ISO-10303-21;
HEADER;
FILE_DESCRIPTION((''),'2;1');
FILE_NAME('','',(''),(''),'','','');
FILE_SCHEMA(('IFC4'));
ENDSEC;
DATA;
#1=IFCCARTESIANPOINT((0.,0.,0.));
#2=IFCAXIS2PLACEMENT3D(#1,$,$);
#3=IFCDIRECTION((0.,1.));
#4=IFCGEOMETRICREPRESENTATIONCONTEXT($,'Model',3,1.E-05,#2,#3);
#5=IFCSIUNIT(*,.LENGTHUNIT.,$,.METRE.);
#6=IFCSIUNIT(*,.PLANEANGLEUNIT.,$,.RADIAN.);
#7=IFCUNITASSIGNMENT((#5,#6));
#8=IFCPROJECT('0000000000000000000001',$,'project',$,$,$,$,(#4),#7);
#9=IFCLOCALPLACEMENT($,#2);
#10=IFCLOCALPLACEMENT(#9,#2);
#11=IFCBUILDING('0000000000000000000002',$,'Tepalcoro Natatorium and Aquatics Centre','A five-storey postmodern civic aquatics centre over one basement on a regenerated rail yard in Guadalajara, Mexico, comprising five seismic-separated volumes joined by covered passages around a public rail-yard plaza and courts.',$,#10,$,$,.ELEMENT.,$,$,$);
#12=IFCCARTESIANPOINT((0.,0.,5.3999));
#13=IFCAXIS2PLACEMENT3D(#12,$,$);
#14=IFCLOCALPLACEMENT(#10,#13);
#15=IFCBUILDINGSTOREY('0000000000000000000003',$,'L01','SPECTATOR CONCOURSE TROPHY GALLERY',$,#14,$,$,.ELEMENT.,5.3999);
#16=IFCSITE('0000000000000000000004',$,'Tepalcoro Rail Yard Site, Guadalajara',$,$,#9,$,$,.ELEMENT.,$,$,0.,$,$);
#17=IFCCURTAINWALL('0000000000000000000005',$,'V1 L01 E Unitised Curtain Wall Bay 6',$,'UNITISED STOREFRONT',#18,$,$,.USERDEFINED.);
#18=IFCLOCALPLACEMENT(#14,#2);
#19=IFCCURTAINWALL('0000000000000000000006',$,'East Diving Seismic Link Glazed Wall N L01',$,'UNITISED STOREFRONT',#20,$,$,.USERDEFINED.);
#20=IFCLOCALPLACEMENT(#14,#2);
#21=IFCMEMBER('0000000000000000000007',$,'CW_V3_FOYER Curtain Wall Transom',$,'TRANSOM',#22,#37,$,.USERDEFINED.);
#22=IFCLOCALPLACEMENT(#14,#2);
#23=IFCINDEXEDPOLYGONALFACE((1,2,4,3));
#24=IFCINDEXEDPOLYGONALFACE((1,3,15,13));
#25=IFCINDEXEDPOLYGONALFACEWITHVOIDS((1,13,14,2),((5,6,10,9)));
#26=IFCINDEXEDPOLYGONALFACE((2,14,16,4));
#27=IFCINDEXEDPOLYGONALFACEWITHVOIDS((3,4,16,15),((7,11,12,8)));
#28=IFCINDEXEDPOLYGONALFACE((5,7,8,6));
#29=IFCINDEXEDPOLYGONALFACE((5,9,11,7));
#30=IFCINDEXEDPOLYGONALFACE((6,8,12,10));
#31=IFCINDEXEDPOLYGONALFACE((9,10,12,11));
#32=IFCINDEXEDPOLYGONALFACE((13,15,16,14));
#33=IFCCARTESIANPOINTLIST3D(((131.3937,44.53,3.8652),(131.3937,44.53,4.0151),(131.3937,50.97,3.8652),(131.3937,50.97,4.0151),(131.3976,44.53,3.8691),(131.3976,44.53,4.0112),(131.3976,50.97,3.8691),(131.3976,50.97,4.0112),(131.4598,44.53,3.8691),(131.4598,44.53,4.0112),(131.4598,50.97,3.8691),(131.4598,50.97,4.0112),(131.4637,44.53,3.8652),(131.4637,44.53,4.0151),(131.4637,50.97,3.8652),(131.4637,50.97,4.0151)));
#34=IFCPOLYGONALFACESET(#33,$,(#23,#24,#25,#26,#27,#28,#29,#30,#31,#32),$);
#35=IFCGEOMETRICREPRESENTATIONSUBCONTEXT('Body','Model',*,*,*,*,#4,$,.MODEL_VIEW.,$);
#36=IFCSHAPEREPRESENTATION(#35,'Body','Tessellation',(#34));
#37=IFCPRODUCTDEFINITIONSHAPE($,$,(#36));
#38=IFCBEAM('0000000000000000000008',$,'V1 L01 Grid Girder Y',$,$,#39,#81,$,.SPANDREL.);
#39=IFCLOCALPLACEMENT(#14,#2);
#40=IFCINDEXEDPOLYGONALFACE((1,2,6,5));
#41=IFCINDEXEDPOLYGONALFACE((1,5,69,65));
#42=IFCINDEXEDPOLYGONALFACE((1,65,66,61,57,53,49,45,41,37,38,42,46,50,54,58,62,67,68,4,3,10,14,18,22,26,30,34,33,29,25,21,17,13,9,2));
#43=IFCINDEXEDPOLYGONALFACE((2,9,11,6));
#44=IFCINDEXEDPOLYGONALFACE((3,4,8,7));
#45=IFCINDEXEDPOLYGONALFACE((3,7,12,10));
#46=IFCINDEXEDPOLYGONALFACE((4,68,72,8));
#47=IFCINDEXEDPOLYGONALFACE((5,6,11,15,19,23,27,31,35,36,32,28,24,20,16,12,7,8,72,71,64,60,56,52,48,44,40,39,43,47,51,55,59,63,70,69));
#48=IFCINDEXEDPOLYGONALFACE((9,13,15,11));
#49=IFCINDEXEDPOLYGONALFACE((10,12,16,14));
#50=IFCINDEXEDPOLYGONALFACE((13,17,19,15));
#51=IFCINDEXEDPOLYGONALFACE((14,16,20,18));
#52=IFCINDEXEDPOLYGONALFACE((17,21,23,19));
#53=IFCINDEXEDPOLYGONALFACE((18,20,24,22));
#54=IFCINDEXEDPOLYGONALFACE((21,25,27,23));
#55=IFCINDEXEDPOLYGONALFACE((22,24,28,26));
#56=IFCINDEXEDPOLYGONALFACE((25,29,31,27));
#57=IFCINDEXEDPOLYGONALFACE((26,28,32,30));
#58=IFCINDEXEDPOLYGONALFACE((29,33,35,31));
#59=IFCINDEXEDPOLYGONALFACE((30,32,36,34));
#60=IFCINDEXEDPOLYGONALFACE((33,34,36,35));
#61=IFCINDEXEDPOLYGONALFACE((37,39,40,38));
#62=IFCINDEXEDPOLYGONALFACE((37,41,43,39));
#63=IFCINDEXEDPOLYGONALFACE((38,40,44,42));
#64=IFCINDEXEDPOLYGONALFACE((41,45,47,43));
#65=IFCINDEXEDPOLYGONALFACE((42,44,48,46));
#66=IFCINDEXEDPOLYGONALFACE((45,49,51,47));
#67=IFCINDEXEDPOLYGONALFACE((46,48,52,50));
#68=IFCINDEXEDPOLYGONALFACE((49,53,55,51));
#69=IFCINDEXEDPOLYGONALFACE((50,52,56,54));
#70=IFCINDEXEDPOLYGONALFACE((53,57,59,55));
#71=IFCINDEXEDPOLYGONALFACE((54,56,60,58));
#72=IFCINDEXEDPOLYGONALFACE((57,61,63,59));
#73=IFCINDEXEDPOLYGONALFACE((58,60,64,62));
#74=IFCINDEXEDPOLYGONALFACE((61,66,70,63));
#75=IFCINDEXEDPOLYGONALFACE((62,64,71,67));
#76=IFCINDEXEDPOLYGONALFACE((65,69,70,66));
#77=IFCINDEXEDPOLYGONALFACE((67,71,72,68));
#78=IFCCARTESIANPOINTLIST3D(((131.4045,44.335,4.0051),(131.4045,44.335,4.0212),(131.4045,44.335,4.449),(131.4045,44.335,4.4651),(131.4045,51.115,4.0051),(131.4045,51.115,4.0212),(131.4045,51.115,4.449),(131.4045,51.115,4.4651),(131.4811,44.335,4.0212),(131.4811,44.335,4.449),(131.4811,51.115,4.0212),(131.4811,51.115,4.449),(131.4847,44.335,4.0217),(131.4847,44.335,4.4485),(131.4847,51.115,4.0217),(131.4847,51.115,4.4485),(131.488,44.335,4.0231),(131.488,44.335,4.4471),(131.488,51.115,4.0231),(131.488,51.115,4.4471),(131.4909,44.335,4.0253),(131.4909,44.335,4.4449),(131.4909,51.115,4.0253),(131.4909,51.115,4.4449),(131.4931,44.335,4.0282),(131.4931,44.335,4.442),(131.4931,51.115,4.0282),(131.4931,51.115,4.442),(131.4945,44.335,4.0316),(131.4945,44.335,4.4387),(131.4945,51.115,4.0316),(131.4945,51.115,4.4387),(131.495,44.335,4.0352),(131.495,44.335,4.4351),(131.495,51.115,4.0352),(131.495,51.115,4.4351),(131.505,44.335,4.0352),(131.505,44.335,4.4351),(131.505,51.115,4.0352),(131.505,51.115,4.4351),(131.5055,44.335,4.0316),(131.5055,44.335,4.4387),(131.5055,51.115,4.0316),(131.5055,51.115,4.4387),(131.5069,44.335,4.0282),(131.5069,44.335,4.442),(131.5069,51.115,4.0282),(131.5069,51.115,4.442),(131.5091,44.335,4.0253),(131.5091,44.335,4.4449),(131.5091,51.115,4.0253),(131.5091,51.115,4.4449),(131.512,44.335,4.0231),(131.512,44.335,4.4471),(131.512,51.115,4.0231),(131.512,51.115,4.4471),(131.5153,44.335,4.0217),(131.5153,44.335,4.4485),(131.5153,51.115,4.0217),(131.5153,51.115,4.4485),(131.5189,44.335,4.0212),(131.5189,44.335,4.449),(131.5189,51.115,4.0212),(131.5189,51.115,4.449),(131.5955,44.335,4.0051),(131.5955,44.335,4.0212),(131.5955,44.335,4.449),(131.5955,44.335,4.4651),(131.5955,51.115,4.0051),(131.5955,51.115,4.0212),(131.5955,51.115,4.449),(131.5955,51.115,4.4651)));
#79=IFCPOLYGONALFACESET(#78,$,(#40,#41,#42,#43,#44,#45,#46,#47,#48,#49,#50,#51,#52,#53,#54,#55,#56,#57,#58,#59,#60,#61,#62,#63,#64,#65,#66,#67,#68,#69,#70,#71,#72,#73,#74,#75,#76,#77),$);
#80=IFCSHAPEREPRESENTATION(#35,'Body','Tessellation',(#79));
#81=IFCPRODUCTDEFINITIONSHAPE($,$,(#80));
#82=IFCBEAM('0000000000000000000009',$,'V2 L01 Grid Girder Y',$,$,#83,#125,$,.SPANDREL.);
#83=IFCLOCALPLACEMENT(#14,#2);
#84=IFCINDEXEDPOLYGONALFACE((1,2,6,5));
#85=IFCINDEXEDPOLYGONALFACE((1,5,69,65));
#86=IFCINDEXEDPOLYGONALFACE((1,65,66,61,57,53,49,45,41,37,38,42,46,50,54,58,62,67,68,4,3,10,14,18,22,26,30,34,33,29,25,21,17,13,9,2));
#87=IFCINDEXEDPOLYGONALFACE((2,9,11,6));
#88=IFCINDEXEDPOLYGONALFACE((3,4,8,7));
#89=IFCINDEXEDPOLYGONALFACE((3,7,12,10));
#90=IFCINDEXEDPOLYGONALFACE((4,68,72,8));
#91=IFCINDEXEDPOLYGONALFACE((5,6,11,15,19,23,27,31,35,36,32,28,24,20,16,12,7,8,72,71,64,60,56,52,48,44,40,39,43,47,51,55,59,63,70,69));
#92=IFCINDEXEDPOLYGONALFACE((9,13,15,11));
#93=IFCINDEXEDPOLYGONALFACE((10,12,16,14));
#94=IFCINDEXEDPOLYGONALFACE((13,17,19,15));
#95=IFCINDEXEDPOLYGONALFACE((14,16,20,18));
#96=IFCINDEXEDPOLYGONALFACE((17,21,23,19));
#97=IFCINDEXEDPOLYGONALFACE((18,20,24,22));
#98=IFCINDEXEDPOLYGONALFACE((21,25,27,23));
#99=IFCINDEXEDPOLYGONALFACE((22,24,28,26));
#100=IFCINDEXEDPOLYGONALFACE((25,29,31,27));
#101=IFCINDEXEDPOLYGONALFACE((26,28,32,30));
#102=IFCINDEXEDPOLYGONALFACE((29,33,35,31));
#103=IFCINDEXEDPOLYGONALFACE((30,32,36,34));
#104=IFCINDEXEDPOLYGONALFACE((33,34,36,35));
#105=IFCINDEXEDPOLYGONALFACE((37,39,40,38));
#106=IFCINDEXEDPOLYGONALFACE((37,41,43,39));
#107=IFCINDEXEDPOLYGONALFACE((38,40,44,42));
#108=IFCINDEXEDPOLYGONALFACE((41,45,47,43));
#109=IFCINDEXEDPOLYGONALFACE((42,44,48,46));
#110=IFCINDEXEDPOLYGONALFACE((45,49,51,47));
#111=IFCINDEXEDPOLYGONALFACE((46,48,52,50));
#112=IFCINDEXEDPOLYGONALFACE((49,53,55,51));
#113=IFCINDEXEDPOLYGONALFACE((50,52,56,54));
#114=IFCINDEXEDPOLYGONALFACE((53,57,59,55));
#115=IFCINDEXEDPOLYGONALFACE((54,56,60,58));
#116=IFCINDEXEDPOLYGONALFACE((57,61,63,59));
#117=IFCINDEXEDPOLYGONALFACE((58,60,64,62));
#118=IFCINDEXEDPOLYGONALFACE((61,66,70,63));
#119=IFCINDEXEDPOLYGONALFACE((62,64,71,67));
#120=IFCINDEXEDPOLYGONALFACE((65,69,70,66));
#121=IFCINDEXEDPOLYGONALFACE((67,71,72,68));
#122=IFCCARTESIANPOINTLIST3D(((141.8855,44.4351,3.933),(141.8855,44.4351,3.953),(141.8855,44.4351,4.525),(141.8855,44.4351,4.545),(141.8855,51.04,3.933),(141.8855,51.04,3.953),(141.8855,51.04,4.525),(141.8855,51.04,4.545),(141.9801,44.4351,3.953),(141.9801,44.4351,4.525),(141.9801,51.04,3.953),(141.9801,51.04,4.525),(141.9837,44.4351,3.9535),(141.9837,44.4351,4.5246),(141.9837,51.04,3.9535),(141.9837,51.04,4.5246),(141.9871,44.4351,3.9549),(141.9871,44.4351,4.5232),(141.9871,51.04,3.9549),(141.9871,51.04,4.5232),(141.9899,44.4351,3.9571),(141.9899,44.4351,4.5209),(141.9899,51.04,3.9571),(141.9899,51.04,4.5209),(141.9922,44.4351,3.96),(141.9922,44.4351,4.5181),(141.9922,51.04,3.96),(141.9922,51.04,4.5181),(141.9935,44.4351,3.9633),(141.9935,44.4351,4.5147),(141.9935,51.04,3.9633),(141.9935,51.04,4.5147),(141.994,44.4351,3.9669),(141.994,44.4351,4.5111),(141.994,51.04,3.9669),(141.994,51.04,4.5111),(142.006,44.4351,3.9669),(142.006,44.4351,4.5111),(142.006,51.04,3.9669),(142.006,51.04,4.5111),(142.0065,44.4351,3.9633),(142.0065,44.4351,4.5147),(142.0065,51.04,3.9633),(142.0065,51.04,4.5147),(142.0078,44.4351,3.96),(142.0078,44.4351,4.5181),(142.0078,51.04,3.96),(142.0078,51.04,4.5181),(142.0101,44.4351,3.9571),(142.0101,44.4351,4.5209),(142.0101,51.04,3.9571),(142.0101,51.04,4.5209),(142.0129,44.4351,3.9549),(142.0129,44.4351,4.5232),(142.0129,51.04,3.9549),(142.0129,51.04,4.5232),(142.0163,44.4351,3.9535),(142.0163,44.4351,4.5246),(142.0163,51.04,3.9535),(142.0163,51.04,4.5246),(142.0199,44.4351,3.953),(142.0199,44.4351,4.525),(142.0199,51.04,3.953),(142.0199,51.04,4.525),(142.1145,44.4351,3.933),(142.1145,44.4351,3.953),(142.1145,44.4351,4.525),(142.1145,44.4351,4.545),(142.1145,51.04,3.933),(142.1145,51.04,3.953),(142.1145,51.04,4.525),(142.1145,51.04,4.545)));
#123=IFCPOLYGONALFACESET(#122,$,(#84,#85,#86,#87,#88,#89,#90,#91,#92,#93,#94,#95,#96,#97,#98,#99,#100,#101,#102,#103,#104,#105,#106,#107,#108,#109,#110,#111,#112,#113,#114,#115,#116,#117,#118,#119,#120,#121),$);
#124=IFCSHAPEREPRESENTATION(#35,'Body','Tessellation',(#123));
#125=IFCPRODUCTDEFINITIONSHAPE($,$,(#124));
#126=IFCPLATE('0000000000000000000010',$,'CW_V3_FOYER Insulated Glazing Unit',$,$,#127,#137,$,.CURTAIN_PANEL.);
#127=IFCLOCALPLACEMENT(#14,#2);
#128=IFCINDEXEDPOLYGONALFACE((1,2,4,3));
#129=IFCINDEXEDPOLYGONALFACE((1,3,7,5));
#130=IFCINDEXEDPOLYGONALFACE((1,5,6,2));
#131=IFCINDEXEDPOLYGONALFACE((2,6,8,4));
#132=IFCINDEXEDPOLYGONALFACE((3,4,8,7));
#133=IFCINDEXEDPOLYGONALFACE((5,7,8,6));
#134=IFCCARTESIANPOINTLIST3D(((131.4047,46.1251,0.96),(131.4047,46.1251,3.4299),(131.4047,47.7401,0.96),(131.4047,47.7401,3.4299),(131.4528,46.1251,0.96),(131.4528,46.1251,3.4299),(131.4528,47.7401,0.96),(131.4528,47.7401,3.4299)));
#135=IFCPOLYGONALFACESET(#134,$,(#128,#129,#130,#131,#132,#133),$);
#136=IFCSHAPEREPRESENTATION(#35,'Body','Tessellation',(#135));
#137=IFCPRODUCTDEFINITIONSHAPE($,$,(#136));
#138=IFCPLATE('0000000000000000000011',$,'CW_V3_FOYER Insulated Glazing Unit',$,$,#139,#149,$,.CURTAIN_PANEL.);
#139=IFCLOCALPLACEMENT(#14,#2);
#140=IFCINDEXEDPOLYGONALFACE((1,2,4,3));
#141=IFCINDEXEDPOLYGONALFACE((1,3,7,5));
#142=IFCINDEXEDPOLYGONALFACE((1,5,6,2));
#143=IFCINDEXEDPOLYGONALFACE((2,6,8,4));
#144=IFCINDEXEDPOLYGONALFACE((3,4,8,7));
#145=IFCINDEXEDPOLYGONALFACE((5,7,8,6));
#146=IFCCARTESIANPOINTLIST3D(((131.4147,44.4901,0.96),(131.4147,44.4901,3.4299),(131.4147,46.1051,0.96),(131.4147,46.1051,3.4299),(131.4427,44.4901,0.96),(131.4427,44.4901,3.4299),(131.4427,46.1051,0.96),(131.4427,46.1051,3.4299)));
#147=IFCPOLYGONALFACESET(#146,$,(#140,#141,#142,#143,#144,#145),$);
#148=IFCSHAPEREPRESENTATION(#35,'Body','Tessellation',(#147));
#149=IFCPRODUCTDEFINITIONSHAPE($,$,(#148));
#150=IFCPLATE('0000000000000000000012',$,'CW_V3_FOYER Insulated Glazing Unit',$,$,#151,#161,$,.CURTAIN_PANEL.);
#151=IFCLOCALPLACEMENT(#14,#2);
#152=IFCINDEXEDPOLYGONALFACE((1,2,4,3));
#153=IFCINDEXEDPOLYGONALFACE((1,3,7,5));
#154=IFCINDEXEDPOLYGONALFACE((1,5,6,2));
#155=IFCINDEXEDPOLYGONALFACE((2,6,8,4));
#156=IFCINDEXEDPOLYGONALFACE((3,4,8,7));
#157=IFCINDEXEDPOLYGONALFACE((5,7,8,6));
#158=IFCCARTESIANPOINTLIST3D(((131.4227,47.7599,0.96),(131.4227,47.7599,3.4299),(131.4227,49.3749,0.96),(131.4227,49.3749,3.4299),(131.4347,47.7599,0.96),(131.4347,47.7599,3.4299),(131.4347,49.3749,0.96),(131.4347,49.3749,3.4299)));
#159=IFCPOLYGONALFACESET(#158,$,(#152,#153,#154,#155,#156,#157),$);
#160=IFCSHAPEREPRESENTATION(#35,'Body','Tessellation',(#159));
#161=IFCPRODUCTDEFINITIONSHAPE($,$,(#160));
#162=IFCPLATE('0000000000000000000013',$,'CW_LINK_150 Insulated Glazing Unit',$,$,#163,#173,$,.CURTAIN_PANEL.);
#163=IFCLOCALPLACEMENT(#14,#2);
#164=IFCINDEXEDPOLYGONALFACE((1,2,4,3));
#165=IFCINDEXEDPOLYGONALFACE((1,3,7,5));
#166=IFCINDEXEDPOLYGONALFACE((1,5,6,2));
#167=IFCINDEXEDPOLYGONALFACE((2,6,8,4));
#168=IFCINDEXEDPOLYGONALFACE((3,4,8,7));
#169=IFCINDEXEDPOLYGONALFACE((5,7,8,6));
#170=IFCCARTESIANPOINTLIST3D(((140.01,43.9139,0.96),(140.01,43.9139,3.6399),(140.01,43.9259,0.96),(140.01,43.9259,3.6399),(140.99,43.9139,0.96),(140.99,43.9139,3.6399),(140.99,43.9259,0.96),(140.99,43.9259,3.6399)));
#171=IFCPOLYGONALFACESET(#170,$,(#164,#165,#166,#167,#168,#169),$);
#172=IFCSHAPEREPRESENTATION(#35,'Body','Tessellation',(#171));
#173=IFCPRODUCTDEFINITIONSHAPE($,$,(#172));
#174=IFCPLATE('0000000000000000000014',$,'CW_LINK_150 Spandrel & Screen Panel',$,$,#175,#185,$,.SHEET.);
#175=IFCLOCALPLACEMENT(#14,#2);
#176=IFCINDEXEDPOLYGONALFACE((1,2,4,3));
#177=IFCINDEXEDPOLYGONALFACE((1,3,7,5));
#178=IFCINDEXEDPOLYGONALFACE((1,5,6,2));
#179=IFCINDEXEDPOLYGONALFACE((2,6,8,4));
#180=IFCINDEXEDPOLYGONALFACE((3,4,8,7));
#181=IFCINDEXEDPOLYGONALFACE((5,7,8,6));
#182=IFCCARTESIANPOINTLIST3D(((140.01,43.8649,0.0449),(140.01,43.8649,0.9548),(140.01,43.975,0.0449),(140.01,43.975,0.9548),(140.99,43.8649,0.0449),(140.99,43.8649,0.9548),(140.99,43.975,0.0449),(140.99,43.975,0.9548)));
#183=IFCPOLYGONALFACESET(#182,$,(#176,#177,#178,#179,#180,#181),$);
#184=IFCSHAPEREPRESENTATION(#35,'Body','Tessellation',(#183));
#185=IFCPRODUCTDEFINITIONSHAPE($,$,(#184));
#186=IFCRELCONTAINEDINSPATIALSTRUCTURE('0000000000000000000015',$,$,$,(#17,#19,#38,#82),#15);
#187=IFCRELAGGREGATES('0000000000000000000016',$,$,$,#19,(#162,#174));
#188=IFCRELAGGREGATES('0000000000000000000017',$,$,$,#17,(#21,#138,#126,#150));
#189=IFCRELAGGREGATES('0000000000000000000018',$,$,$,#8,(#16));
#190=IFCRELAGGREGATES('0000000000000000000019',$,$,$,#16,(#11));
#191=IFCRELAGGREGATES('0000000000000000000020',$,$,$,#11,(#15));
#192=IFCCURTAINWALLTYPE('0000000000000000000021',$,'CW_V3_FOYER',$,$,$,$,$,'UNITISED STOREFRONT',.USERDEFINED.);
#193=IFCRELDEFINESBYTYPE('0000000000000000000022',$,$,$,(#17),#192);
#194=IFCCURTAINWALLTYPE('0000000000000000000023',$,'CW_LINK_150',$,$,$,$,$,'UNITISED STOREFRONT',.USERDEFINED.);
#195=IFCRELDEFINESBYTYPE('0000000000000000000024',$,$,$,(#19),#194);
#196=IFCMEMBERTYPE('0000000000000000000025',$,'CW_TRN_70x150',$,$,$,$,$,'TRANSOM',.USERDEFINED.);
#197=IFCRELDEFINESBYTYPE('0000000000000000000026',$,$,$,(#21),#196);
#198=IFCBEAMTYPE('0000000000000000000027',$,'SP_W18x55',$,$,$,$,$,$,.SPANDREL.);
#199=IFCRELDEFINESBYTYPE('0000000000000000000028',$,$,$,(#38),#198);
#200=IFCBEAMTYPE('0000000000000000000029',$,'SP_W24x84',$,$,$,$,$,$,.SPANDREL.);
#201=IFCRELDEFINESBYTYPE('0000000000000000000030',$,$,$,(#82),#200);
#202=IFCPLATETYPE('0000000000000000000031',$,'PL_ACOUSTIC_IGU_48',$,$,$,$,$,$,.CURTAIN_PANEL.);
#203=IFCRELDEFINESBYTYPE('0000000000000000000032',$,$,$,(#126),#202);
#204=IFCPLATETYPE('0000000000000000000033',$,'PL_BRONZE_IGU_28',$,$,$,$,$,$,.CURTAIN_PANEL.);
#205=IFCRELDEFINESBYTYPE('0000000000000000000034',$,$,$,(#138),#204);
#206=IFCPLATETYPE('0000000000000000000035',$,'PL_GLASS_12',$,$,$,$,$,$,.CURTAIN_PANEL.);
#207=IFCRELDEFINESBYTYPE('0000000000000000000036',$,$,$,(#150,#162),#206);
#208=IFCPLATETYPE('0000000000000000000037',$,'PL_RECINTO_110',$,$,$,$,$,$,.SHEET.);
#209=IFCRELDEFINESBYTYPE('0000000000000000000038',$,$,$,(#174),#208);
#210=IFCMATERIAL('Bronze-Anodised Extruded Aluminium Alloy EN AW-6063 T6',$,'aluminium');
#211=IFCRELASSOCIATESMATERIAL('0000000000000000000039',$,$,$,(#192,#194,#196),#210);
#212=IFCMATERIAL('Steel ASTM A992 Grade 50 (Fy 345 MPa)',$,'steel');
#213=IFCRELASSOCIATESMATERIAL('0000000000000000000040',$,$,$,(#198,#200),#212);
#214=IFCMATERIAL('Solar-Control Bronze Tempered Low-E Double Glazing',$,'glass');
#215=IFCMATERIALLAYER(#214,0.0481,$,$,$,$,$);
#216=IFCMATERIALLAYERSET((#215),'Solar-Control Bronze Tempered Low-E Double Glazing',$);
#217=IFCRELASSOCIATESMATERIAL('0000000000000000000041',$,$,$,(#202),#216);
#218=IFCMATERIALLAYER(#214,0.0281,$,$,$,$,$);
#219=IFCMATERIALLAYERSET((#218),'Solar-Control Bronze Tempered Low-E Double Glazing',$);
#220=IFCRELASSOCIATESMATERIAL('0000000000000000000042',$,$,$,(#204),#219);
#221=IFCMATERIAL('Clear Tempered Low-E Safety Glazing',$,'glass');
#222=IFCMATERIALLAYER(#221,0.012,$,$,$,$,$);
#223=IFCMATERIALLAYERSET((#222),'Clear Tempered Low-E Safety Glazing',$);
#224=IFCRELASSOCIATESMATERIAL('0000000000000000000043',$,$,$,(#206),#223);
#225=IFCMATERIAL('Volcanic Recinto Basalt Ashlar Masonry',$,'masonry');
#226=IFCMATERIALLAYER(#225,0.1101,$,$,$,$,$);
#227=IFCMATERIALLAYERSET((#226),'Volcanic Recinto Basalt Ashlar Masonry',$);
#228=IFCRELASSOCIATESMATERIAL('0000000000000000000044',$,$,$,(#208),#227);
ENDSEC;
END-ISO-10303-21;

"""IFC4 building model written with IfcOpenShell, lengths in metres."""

from ifc_helpers import new_model, si_unit, direction, frame, origin, origin_2d, place, context, subcontext, project, spatial, rectangle, hollow_rectangle, i_section, extrude, material, layer, layer_set, material_profile, profile_set, type_object, element, aggregate, save


model = new_model("IFC4")

# Units and contexts
model_context = context("Model", 3, precision=1e-05, world=origin(), true_north=direction((0.0, 1.0)))
body_context = subcontext(model_context, "Body", "Model", "MODEL_VIEW")
ifc_project = project(units=[si_unit("LENGTHUNIT", "METRE"), si_unit("PLANEANGLEUNIT", "RADIAN")], contexts=[model_context])

# Site, building, storey
site_placement = place(None, origin())
site = spatial("IfcSite", under=ifc_project, at=site_placement, Name="Tepalcoro Rail Yard Site, Guadalajara", CompositionType="ELEMENT", RefElevation=0.0)
building_placement = place(site_placement, origin())
building = spatial("IfcBuilding", under=site, at=building_placement, Name="Tepalcoro Natatorium and Aquatics Centre", Description="A five-storey postmodern civic aquatics centre over one basement on a regenerated rail yard in Guadalajara, Mexico, comprising five seismic-separated volumes joined by covered passages around a public rail-yard plaza and courts.", CompositionType="ELEMENT")
storey_placement = place(building_placement, frame((0.0, 0.0, 5.3999)))
storey = spatial("IfcBuildingStorey", under=building, at=storey_placement, Name="L01", Description="SPECTATOR CONCOURSE TROPHY GALLERY", CompositionType="ELEMENT", Elevation=5.3999)

# Curtain walls
ifc_material_1 = material(Name="Bronze-Anodised Extruded Aluminium Alloy EN AW-6063 T6", Category="aluminium")
curtain_wall_type_1 = type_object("IfcCurtainWallType", Name="CW_V3_FOYER", ElementType="UNITISED STOREFRONT", PredefinedType="USERDEFINED", material=ifc_material_1)
curtain_wall_1_placement = place(storey_placement, origin())
curtain_wall_1 = element("IfcCurtainWall", 1, at=curtain_wall_1_placement, inside=storey, type_object=curtain_wall_type_1, Name="V1 L01 E Unitised Curtain Wall Bay 6", ObjectType="UNITISED STOREFRONT", PredefinedType="USERDEFINED")
curtain_wall_type_2 = type_object("IfcCurtainWallType", Name="CW_LINK_150", ElementType="UNITISED STOREFRONT", PredefinedType="USERDEFINED", material=ifc_material_1)
curtain_wall_2_placement = place(storey_placement, origin())
curtain_wall_2 = element("IfcCurtainWall", 2, at=curtain_wall_2_placement, inside=storey, type_object=curtain_wall_type_2, Name="East Diving Seismic Link Glazed Wall N L01", ObjectType="UNITISED STOREFRONT", PredefinedType="USERDEFINED")

# Member
ifc_material_profile_1 = material_profile(ifc_material_1, hollow_rectangle(XDim=0.0701, YDim=0.1499, WallThickness=0.0039, at=origin_2d()), Name="AL70X150X4")
ifc_profile_set_1 = profile_set([ifc_material_profile_1], Name="Bronze-Anodised Extruded Aluminium Alloy EN AW-6063 T6")
member_type_1 = type_object("IfcMemberType", Name="CW_TRN_70x150", ElementType="TRANSOM", PredefinedType="USERDEFINED", material=ifc_profile_set_1)
member_1_placement = place(storey_placement, frame((131.4287, 44.53, 3.9402), z_axis=(0.0, 1.0, 0.0), x_axis=(-1.0, 0.0, 0.0)))
member_1 = element("IfcMember", 3, at=member_1_placement, type_object=member_type_1, Name="CW_V3_FOYER Curtain Wall Transom", ObjectType="TRANSOM", PredefinedType="USERDEFINED", context=body_context, shape_type="SweptSolid", body=[
    extrude(hollow_rectangle(XDim=0.0701, YDim=0.1499, WallThickness=0.0039, at=origin_2d()), origin(), (0.0, 0.0, 1.0), 6.4399),
])

# Beams
ifc_material_2 = material(Name="Steel ASTM A992 Grade 50 (Fy 345 MPa)", Category="steel")
ifc_material_profile_2 = material_profile(ifc_material_2, i_section(OverallWidth=0.1909, OverallDepth=0.46, WebThickness=0.01, FlangeThickness=0.0161, FilletRadius=0.0139, at=origin_2d()), Name="W18X55")
ifc_profile_set_2 = profile_set([ifc_material_profile_2], Name="Steel ASTM A992 Grade 50 (Fy 345 MPa)")
beam_type_1 = type_object("IfcBeamType", Name="SP_W18x55", PredefinedType="SPANDREL", material=ifc_profile_set_2)
beam_1_placement = place(storey_placement, frame((131.5, 44.335, 4.2351), z_axis=(0.0, 1.0, 0.0), x_axis=(-1.0, 0.0, 0.0)))
element("IfcBeam", 4, at=beam_1_placement, inside=storey, type_object=beam_type_1, Name="V1 L01 Grid Girder Y", PredefinedType="SPANDREL", context=body_context, shape_type="SweptSolid", body=[
    extrude(i_section(OverallWidth=0.1909, OverallDepth=0.46, WebThickness=0.01, FlangeThickness=0.0161, FilletRadius=0.0139, at=origin_2d()), origin(), (0.0, 0.0, 1.0), 6.78),
])
ifc_material_profile_3 = material_profile(ifc_material_2, i_section(OverallWidth=0.229, OverallDepth=0.6121, WebThickness=0.012, FlangeThickness=0.02, FilletRadius=0.0139, at=origin_2d()), Name="W24X84")
ifc_profile_set_3 = profile_set([ifc_material_profile_3], Name="Steel ASTM A992 Grade 50 (Fy 345 MPa)")
beam_type_2 = type_object("IfcBeamType", Name="SP_W24x84", PredefinedType="SPANDREL", material=ifc_profile_set_3)
beam_2_placement = place(storey_placement, frame((142.0, 44.4351, 4.239), z_axis=(0.0, 1.0, 0.0), x_axis=(-1.0, 0.0, 0.0)))
element("IfcBeam", 5, at=beam_2_placement, inside=storey, type_object=beam_type_2, Name="V2 L01 Grid Girder Y", PredefinedType="SPANDREL", context=body_context, shape_type="SweptSolid", body=[
    extrude(i_section(OverallWidth=0.229, OverallDepth=0.6121, WebThickness=0.012, FlangeThickness=0.02, FilletRadius=0.0139, at=origin_2d()), origin(), (0.0, 0.0, 1.0), 6.605),
])

# Plates
ifc_material_3 = material(Name="Solar-Control Bronze Tempered Low-E Double Glazing", Category="glass")
ifc_layer_1 = layer(ifc_material_3, 0.0481)
ifc_layer_set_1 = layer_set([ifc_layer_1], Name="Solar-Control Bronze Tempered Low-E Double Glazing")
plate_type_1 = type_object("IfcPlateType", Name="PL_ACOUSTIC_IGU_48", PredefinedType="CURTAIN_PANEL", material=ifc_layer_set_1)
plate_1_placement = place(storey_placement, frame((131.4287, 46.9326, 0.96), z_axis=(0.0, 0.0, 1.0), x_axis=(1.0, 0.0, 0.0)))
plate_1 = element("IfcPlate", 6, at=plate_1_placement, type_object=plate_type_1, Name="CW_V3_FOYER Insulated Glazing Unit", PredefinedType="CURTAIN_PANEL", context=body_context, shape_type="SweptSolid", body=[
    extrude(rectangle(XDim=0.0481, YDim=1.615, at=origin_2d()), origin(), (0.0, 0.0, 1.0), 2.47),
])
ifc_layer_2 = layer(ifc_material_3, 0.0281)
ifc_layer_set_2 = layer_set([ifc_layer_2], Name="Solar-Control Bronze Tempered Low-E Double Glazing")
plate_type_2 = type_object("IfcPlateType", Name="PL_BRONZE_IGU_28", PredefinedType="CURTAIN_PANEL", material=ifc_layer_set_2)
plate_2_placement = place(storey_placement, frame((131.4287, 45.2976, 0.96), z_axis=(0.0, 0.0, 1.0), x_axis=(1.0, 0.0, 0.0)))
plate_2 = element("IfcPlate", 7, at=plate_2_placement, type_object=plate_type_2, Name="CW_V3_FOYER Insulated Glazing Unit", PredefinedType="CURTAIN_PANEL", context=body_context, shape_type="SweptSolid", body=[
    extrude(rectangle(XDim=0.0281, YDim=1.615, at=origin_2d()), origin(), (0.0, 0.0, 1.0), 2.47),
])
ifc_material_4 = material(Name="Clear Tempered Low-E Safety Glazing", Category="glass")
ifc_layer_3 = layer(ifc_material_4, 0.012)
ifc_layer_set_3 = layer_set([ifc_layer_3], Name="Clear Tempered Low-E Safety Glazing")
plate_type_3 = type_object("IfcPlateType", Name="PL_GLASS_12", PredefinedType="CURTAIN_PANEL", material=ifc_layer_set_3)
plate_3_placement = place(storey_placement, frame((131.4287, 48.5674, 0.96), z_axis=(0.0, 0.0, 1.0), x_axis=(1.0, 0.0, 0.0)))
plate_3 = element("IfcPlate", 8, at=plate_3_placement, type_object=plate_type_3, Name="CW_V3_FOYER Insulated Glazing Unit", PredefinedType="CURTAIN_PANEL", context=body_context, shape_type="SweptSolid", body=[
    extrude(rectangle(XDim=0.012, YDim=1.615, at=origin_2d()), origin(), (0.0, 0.0, 1.0), 2.47),
])
plate_4_placement = place(storey_placement, frame((140.5, 43.9199, 0.96), z_axis=(0.0, 0.0, 1.0), x_axis=(1.0, 0.0, 0.0)))
plate_4 = element("IfcPlate", 9, at=plate_4_placement, type_object=plate_type_3, Name="CW_LINK_150 Insulated Glazing Unit", PredefinedType="CURTAIN_PANEL", context=body_context, shape_type="SweptSolid", body=[
    extrude(rectangle(XDim=0.98, YDim=0.012, at=origin_2d()), origin(), (0.0, 0.0, 1.0), 2.6799),
])
ifc_material_5 = material(Name="Volcanic Recinto Basalt Ashlar Masonry", Category="masonry")
ifc_layer_4 = layer(ifc_material_5, 0.1101)
ifc_layer_set_4 = layer_set([ifc_layer_4], Name="Volcanic Recinto Basalt Ashlar Masonry")
plate_type_4 = type_object("IfcPlateType", Name="PL_RECINTO_110", PredefinedType="SHEET", material=ifc_layer_set_4)
plate_5_placement = place(storey_placement, frame((140.5, 43.9199, 0.0449), z_axis=(0.0, 0.0, 1.0), x_axis=(1.0, 0.0, 0.0)))
plate_5 = element("IfcPlate", 10, at=plate_5_placement, type_object=plate_type_4, Name="CW_LINK_150 Spandrel & Screen Panel", PredefinedType="SHEET", context=body_context, shape_type="SweptSolid", body=[
    extrude(rectangle(XDim=0.98, YDim=0.1101, at=origin_2d()), origin(), (0.0, 0.0, 1.0), 0.9099),
])
aggregate(curtain_wall_2, [plate_4, plate_5])
aggregate(curtain_wall_1, [member_1, plate_2, plate_1, plate_3])

save(model, "model.ifc")
